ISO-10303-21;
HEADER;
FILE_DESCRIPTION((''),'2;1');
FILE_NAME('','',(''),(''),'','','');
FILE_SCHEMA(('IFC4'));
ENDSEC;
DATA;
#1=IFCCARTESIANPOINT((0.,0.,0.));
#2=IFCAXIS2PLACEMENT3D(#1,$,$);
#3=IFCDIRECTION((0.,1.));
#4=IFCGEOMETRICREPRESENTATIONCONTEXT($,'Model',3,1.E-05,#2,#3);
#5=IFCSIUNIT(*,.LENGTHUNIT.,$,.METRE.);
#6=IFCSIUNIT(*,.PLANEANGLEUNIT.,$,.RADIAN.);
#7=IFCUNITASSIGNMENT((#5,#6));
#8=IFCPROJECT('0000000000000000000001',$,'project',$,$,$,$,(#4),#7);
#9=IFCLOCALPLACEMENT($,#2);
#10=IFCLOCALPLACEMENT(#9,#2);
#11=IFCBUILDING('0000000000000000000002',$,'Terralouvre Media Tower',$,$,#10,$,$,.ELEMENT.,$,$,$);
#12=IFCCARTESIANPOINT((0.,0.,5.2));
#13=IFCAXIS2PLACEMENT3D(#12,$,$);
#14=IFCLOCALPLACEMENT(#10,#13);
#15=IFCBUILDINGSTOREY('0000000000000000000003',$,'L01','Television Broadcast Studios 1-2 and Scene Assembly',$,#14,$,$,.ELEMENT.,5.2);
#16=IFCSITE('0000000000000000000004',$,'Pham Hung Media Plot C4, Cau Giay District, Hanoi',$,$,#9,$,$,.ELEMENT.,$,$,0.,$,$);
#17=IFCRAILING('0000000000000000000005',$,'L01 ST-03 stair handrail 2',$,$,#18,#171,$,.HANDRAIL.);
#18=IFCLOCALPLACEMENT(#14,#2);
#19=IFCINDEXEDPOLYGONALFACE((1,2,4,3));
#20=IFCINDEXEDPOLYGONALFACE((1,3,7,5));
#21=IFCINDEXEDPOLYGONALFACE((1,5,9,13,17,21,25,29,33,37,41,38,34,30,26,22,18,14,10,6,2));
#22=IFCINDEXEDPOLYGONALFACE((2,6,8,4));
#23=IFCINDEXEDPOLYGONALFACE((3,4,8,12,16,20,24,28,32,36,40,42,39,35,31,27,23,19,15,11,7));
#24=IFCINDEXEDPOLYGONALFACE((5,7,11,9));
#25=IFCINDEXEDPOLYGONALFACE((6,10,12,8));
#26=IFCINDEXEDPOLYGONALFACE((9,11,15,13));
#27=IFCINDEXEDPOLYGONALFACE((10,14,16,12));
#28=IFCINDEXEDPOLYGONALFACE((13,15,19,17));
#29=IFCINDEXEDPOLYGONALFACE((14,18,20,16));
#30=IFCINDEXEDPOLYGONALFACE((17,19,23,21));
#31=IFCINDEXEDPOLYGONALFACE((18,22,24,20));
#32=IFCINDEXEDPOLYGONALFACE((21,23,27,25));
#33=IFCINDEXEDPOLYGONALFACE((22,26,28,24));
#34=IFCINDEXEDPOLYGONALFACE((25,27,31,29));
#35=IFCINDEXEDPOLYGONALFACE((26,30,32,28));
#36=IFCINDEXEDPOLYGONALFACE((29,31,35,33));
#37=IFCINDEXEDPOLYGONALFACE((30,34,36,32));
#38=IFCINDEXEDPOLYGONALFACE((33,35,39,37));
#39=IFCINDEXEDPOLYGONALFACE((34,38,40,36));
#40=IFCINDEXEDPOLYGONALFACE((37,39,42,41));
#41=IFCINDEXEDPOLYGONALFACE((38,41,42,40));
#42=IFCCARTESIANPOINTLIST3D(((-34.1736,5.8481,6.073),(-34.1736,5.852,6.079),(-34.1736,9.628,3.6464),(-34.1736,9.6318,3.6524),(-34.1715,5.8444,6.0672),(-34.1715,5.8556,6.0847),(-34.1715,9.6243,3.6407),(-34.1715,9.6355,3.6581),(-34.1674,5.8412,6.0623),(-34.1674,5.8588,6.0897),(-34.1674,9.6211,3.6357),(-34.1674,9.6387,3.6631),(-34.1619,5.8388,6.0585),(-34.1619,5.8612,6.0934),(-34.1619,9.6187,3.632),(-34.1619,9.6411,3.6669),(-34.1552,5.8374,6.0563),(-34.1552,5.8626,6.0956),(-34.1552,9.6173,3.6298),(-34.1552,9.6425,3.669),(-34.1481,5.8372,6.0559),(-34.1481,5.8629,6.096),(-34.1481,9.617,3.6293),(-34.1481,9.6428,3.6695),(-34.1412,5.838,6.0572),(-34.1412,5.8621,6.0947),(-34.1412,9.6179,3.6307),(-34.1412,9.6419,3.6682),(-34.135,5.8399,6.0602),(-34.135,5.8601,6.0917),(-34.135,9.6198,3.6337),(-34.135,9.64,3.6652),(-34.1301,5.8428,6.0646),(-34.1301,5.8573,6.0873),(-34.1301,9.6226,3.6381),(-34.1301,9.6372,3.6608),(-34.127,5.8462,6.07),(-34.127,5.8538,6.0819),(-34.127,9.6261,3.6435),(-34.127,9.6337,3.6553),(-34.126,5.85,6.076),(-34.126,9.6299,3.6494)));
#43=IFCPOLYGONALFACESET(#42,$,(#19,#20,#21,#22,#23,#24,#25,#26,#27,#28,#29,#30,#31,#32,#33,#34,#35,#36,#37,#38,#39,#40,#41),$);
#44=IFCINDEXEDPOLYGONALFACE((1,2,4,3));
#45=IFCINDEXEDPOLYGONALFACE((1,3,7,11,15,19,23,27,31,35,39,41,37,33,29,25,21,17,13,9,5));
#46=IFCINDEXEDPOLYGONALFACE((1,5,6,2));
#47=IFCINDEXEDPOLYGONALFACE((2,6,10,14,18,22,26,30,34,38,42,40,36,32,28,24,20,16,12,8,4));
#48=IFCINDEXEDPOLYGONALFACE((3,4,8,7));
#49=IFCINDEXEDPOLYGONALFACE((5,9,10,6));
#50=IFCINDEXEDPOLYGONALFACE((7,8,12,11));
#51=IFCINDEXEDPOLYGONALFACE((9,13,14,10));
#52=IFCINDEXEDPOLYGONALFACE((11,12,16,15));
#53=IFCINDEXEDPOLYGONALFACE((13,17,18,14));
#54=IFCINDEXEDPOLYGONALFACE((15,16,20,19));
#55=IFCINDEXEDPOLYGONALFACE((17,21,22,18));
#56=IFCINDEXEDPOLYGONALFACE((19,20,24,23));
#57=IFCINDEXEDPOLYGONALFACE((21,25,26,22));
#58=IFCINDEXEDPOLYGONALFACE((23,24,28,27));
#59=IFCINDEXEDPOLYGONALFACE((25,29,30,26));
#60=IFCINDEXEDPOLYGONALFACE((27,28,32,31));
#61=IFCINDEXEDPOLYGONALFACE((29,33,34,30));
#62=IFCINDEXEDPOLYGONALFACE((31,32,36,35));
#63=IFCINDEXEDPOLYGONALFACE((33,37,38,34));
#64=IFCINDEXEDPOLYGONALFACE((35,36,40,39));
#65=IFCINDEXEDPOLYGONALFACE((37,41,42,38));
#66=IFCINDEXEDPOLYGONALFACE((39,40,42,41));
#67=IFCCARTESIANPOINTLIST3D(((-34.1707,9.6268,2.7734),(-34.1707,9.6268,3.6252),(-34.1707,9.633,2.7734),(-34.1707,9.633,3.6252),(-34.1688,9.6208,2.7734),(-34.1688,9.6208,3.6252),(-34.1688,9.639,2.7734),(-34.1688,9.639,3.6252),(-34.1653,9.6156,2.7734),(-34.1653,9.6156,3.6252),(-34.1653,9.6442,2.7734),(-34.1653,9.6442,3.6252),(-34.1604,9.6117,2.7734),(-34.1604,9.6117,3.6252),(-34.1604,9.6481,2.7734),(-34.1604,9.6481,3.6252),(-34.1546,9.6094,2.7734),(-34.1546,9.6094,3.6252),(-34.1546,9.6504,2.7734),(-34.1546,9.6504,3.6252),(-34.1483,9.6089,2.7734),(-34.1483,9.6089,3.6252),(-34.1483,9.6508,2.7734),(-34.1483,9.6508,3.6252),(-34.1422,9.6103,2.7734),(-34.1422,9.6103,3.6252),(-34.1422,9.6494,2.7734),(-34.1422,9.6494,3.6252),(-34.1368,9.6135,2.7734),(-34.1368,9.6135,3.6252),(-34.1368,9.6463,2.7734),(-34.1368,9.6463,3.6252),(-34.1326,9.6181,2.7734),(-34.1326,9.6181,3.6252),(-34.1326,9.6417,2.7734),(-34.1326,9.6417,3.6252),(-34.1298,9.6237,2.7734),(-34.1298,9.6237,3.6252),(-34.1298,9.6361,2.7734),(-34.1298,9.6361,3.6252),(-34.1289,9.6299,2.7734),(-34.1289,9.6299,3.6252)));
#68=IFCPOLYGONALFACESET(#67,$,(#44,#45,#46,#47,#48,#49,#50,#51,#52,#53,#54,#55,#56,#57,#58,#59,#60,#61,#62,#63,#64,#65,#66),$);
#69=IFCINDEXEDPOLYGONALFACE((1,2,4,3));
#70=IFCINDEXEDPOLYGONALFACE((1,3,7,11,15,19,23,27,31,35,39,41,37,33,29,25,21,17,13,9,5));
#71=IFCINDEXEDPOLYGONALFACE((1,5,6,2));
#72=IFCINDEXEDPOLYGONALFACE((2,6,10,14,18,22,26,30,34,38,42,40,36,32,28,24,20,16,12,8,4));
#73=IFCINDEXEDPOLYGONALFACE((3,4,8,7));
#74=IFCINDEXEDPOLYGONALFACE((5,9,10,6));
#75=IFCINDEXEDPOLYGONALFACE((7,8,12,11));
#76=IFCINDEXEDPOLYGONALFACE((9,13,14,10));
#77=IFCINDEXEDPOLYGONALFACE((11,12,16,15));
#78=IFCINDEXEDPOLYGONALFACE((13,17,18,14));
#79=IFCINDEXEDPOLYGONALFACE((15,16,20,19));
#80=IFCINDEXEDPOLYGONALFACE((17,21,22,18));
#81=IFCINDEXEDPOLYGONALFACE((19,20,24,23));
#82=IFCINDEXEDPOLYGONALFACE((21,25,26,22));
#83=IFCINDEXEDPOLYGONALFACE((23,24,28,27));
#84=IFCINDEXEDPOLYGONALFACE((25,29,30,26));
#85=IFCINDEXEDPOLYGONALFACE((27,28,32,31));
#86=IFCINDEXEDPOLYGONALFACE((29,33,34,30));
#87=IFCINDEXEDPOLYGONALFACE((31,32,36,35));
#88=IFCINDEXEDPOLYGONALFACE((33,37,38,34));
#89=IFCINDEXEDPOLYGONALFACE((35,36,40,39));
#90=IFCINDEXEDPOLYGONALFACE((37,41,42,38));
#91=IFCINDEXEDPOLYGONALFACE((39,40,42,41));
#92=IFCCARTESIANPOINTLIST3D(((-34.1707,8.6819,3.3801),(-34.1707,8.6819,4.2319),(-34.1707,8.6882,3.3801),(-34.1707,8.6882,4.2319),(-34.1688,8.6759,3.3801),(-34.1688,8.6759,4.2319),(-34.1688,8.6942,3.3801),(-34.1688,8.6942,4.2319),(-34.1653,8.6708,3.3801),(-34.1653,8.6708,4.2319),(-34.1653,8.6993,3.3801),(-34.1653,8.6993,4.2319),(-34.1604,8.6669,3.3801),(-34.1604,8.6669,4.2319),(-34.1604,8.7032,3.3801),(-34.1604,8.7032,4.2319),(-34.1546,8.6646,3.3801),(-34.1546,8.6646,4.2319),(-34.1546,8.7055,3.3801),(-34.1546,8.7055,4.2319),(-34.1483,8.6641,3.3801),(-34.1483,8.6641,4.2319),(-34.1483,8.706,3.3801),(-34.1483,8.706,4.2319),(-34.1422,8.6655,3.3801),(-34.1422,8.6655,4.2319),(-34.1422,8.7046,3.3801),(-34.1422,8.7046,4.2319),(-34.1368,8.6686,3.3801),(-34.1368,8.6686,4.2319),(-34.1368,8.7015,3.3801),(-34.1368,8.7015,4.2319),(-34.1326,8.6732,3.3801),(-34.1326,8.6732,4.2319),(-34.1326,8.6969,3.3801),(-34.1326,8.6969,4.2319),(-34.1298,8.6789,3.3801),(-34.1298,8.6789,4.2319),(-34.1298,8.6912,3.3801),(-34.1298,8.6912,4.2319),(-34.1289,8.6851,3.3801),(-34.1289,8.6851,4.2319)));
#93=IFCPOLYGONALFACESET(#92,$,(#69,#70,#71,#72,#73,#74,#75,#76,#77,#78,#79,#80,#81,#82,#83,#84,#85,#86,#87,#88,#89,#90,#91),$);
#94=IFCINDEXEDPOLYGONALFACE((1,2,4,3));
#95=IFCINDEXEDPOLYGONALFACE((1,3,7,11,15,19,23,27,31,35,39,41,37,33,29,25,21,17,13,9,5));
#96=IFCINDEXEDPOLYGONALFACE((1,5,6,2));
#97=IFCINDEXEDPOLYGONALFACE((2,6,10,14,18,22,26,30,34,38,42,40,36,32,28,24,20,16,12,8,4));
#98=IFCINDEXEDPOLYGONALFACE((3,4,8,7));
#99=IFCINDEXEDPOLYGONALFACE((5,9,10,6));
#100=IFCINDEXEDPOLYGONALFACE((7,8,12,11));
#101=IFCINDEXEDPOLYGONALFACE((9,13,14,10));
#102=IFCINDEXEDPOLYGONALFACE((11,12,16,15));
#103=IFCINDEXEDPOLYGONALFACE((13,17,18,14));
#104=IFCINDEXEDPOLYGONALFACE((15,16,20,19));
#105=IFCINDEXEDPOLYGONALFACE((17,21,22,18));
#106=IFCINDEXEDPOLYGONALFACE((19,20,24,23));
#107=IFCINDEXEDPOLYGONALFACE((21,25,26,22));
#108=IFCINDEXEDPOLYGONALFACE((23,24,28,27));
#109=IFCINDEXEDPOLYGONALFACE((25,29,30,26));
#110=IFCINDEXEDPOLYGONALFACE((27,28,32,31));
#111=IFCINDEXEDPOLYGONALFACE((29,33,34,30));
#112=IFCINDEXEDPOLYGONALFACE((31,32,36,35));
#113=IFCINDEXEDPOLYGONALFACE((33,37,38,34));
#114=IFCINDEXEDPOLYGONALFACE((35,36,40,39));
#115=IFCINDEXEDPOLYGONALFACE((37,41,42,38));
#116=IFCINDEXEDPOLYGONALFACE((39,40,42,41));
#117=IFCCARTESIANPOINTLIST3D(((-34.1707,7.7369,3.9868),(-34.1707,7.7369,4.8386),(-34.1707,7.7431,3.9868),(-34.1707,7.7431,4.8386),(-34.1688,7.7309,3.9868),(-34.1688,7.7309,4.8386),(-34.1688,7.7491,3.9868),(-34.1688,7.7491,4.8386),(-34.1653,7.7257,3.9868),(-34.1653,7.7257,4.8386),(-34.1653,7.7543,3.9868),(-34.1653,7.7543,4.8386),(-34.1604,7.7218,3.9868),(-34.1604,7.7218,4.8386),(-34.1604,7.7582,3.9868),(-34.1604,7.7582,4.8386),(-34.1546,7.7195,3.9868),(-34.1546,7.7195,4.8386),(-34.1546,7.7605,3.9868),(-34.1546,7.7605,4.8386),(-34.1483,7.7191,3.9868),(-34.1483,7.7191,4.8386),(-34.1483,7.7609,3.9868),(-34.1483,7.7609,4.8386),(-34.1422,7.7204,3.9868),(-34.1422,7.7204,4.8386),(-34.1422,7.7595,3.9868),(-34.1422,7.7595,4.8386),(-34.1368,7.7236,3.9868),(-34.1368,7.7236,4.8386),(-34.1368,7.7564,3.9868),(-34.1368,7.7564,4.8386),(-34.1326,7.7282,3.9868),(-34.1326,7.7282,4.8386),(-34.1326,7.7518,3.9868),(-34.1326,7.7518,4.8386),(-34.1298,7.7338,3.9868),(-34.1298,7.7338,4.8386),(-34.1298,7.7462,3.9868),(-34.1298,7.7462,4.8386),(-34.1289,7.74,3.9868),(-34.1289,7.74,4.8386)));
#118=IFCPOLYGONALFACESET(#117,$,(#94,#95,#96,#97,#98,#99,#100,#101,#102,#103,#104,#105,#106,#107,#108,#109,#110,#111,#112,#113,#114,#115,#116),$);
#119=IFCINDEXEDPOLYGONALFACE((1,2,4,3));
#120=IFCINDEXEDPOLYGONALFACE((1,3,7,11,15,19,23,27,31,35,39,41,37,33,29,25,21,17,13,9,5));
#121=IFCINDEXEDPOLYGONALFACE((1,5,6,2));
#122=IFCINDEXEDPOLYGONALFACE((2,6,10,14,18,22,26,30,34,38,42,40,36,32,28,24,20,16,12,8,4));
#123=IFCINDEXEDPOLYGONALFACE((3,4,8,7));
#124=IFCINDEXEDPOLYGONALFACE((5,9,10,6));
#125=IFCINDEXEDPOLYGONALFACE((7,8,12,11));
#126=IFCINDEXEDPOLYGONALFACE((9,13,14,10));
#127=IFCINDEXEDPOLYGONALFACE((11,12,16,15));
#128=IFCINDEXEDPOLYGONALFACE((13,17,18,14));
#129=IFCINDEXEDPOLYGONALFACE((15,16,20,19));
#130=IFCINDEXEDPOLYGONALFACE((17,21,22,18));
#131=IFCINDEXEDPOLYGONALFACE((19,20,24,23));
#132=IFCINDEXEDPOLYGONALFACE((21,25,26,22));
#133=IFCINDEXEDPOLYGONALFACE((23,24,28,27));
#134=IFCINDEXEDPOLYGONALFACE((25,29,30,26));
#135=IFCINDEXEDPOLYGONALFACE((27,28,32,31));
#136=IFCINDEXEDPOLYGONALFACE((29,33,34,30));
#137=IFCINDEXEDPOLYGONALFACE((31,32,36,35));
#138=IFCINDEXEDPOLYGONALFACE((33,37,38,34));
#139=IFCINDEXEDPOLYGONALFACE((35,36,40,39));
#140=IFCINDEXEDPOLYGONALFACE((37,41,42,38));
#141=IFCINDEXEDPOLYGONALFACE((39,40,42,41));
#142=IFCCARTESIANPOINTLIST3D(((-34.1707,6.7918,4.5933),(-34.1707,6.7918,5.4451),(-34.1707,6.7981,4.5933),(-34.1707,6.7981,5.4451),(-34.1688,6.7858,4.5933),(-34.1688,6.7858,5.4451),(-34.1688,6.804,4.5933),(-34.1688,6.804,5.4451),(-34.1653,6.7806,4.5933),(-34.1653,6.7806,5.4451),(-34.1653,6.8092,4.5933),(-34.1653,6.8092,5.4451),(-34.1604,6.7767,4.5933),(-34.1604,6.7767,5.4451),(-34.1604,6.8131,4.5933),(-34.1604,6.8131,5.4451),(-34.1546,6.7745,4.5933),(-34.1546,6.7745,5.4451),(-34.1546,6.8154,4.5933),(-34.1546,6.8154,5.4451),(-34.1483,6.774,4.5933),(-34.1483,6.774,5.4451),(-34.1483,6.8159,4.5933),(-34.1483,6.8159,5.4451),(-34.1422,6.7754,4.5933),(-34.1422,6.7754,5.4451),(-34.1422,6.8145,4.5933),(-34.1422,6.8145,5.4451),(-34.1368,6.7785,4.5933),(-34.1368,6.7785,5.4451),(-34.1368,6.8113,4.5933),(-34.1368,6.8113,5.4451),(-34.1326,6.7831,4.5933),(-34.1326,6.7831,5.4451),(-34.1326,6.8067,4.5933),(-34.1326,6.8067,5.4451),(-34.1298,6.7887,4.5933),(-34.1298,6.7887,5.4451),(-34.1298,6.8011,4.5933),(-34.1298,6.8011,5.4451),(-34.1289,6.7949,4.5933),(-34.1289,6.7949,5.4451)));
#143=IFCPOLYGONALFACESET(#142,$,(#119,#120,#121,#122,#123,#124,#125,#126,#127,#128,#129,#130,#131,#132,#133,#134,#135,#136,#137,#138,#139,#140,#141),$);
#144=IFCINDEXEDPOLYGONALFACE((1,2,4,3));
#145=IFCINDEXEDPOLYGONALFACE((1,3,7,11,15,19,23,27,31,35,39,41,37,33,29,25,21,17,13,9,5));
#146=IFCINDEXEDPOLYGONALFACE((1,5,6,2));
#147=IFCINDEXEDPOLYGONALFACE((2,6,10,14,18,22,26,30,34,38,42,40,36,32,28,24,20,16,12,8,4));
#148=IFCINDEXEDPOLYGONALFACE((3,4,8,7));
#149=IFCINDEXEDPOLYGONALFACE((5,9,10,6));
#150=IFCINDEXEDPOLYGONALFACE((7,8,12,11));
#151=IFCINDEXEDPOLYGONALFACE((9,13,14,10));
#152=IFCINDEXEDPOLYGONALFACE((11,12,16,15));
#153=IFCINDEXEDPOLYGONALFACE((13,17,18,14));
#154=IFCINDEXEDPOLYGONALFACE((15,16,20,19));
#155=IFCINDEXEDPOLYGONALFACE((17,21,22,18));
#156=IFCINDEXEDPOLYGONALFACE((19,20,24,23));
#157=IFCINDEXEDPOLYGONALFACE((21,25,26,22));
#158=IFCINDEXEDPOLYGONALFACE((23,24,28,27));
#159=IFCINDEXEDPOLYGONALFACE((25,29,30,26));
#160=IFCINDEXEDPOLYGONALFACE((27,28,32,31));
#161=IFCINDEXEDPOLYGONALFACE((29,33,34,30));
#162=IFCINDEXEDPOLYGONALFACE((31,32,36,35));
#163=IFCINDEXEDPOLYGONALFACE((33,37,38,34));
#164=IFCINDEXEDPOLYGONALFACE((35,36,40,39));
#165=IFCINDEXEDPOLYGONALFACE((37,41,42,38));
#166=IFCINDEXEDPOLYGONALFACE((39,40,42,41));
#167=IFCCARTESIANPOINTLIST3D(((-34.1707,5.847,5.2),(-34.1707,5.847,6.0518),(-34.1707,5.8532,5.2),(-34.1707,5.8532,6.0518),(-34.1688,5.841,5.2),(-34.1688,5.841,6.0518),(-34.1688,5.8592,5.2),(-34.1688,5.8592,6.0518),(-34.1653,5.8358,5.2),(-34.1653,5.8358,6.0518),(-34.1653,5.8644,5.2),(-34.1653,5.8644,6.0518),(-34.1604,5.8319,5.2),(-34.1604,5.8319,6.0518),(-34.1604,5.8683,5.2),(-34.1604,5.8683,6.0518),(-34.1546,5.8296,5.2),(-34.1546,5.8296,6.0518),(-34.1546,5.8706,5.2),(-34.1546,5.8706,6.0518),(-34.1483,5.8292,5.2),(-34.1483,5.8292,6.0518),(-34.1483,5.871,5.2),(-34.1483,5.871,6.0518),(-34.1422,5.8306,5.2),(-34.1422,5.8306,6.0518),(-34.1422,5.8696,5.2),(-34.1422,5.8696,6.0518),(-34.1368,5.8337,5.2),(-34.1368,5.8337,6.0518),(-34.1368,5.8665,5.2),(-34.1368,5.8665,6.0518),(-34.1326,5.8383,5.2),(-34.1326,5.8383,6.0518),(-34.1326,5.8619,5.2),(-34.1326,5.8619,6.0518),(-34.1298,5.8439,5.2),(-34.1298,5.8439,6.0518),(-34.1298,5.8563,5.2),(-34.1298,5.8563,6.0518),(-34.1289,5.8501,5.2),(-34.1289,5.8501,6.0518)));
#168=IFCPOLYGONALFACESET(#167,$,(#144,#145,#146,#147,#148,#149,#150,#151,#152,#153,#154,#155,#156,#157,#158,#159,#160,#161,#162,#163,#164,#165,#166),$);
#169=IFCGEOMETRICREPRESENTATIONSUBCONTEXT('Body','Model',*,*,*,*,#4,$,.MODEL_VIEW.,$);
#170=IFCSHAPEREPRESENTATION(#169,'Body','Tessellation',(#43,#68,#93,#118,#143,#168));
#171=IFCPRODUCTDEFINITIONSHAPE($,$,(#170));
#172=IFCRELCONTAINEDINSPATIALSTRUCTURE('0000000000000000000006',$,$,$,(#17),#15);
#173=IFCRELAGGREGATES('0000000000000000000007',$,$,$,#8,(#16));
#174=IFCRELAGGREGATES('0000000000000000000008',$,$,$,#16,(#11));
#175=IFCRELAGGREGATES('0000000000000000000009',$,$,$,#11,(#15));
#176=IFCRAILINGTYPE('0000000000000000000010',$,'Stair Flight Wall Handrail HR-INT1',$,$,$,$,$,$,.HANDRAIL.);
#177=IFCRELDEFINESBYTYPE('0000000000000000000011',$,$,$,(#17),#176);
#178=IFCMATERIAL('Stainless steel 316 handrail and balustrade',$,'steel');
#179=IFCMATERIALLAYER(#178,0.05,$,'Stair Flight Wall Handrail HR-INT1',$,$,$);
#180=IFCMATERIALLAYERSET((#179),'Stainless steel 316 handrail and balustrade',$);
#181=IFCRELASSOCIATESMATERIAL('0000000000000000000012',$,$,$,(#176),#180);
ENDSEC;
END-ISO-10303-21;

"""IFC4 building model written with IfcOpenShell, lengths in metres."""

from ifc_helpers import new_model, si_unit, direction, frame, origin, origin_2d, place, context, subcontext, project, spatial, circle, extrude, material, layer, layer_set, type_object, element, save


model = new_model("IFC4")

# Units and contexts
model_context = context("Model", 3, precision=1e-05, world=origin(), true_north=direction((0.0, 1.0)))
body_context = subcontext(model_context, "Body", "Model", "MODEL_VIEW")
ifc_project = project(units=[si_unit("LENGTHUNIT", "METRE"), si_unit("PLANEANGLEUNIT", "RADIAN")], contexts=[model_context])

# Site, building, storey
site_placement = place(None, origin())
site = spatial("IfcSite", under=ifc_project, at=site_placement, Name="Pham Hung Media Plot C4, Cau Giay District, Hanoi", CompositionType="ELEMENT", RefElevation=0.0)
building_placement = place(site_placement, origin())
building = spatial("IfcBuilding", under=site, at=building_placement, Name="Terralouvre Media Tower", CompositionType="ELEMENT")
storey_placement = place(building_placement, frame((0.0, 0.0, 5.2)))
storey = spatial("IfcBuildingStorey", under=building, at=storey_placement, Name="L01", Description="Television Broadcast Studios 1-2 and Scene Assembly", CompositionType="ELEMENT", Elevation=5.2)

# Railing
ifc_material_1 = material(Name="Stainless steel 316 handrail and balustrade", Category="steel")
ifc_layer_1 = layer(ifc_material_1, 0.05, Name="Stair Flight Wall Handrail HR-INT1")
ifc_layer_set_1 = layer_set([ifc_layer_1], Name="Stainless steel 316 handrail and balustrade")
railing_type_1 = type_object("IfcRailingType", Name="Stair Flight Wall Handrail HR-INT1", PredefinedType="HANDRAIL", material=ifc_layer_set_1)
railing_1_placement = place(storey_placement, frame((-34.1499, 9.6299, 2.7734)))
element("IfcRailing", 1, at=railing_1_placement, inside=storey, type_object=railing_type_1, Name="L01 ST-03 stair handrail 2", PredefinedType="HANDRAIL", context=body_context, shape_type="SweptSolid", body=[
    extrude(circle(Radius=0.0239, at=origin_2d()), frame((0.0, 0.0, 0.876), z_axis=(0.0, -0.841517, 0.54023), x_axis=(1.0, 0.0, 0.0)), (0.0, 0.0, 1.0), 4.4917),
    extrude(circle(Radius=0.021, at=origin_2d()), origin(), (0.0, 0.0, 1.0), 0.8518),
    extrude(circle(Radius=0.021, at=origin_2d()), frame((0.0, -0.9448, 0.6067)), (0.0, 0.0, 1.0), 0.8518),
    extrude(circle(Radius=0.021, at=origin_2d()), frame((0.0, -1.8899, 1.2134)), (0.0, 0.0, 1.0), 0.8518),
    extrude(circle(Radius=0.021, at=origin_2d()), frame((0.0, -2.835, 1.8198)), (0.0, 0.0, 1.0), 0.8518),
    extrude(circle(Radius=0.021, at=origin_2d()), frame((0.0, -3.7798, 2.4265)), (0.0, 0.0, 1.0), 0.8518),
])

save(model, "model.ifc")
